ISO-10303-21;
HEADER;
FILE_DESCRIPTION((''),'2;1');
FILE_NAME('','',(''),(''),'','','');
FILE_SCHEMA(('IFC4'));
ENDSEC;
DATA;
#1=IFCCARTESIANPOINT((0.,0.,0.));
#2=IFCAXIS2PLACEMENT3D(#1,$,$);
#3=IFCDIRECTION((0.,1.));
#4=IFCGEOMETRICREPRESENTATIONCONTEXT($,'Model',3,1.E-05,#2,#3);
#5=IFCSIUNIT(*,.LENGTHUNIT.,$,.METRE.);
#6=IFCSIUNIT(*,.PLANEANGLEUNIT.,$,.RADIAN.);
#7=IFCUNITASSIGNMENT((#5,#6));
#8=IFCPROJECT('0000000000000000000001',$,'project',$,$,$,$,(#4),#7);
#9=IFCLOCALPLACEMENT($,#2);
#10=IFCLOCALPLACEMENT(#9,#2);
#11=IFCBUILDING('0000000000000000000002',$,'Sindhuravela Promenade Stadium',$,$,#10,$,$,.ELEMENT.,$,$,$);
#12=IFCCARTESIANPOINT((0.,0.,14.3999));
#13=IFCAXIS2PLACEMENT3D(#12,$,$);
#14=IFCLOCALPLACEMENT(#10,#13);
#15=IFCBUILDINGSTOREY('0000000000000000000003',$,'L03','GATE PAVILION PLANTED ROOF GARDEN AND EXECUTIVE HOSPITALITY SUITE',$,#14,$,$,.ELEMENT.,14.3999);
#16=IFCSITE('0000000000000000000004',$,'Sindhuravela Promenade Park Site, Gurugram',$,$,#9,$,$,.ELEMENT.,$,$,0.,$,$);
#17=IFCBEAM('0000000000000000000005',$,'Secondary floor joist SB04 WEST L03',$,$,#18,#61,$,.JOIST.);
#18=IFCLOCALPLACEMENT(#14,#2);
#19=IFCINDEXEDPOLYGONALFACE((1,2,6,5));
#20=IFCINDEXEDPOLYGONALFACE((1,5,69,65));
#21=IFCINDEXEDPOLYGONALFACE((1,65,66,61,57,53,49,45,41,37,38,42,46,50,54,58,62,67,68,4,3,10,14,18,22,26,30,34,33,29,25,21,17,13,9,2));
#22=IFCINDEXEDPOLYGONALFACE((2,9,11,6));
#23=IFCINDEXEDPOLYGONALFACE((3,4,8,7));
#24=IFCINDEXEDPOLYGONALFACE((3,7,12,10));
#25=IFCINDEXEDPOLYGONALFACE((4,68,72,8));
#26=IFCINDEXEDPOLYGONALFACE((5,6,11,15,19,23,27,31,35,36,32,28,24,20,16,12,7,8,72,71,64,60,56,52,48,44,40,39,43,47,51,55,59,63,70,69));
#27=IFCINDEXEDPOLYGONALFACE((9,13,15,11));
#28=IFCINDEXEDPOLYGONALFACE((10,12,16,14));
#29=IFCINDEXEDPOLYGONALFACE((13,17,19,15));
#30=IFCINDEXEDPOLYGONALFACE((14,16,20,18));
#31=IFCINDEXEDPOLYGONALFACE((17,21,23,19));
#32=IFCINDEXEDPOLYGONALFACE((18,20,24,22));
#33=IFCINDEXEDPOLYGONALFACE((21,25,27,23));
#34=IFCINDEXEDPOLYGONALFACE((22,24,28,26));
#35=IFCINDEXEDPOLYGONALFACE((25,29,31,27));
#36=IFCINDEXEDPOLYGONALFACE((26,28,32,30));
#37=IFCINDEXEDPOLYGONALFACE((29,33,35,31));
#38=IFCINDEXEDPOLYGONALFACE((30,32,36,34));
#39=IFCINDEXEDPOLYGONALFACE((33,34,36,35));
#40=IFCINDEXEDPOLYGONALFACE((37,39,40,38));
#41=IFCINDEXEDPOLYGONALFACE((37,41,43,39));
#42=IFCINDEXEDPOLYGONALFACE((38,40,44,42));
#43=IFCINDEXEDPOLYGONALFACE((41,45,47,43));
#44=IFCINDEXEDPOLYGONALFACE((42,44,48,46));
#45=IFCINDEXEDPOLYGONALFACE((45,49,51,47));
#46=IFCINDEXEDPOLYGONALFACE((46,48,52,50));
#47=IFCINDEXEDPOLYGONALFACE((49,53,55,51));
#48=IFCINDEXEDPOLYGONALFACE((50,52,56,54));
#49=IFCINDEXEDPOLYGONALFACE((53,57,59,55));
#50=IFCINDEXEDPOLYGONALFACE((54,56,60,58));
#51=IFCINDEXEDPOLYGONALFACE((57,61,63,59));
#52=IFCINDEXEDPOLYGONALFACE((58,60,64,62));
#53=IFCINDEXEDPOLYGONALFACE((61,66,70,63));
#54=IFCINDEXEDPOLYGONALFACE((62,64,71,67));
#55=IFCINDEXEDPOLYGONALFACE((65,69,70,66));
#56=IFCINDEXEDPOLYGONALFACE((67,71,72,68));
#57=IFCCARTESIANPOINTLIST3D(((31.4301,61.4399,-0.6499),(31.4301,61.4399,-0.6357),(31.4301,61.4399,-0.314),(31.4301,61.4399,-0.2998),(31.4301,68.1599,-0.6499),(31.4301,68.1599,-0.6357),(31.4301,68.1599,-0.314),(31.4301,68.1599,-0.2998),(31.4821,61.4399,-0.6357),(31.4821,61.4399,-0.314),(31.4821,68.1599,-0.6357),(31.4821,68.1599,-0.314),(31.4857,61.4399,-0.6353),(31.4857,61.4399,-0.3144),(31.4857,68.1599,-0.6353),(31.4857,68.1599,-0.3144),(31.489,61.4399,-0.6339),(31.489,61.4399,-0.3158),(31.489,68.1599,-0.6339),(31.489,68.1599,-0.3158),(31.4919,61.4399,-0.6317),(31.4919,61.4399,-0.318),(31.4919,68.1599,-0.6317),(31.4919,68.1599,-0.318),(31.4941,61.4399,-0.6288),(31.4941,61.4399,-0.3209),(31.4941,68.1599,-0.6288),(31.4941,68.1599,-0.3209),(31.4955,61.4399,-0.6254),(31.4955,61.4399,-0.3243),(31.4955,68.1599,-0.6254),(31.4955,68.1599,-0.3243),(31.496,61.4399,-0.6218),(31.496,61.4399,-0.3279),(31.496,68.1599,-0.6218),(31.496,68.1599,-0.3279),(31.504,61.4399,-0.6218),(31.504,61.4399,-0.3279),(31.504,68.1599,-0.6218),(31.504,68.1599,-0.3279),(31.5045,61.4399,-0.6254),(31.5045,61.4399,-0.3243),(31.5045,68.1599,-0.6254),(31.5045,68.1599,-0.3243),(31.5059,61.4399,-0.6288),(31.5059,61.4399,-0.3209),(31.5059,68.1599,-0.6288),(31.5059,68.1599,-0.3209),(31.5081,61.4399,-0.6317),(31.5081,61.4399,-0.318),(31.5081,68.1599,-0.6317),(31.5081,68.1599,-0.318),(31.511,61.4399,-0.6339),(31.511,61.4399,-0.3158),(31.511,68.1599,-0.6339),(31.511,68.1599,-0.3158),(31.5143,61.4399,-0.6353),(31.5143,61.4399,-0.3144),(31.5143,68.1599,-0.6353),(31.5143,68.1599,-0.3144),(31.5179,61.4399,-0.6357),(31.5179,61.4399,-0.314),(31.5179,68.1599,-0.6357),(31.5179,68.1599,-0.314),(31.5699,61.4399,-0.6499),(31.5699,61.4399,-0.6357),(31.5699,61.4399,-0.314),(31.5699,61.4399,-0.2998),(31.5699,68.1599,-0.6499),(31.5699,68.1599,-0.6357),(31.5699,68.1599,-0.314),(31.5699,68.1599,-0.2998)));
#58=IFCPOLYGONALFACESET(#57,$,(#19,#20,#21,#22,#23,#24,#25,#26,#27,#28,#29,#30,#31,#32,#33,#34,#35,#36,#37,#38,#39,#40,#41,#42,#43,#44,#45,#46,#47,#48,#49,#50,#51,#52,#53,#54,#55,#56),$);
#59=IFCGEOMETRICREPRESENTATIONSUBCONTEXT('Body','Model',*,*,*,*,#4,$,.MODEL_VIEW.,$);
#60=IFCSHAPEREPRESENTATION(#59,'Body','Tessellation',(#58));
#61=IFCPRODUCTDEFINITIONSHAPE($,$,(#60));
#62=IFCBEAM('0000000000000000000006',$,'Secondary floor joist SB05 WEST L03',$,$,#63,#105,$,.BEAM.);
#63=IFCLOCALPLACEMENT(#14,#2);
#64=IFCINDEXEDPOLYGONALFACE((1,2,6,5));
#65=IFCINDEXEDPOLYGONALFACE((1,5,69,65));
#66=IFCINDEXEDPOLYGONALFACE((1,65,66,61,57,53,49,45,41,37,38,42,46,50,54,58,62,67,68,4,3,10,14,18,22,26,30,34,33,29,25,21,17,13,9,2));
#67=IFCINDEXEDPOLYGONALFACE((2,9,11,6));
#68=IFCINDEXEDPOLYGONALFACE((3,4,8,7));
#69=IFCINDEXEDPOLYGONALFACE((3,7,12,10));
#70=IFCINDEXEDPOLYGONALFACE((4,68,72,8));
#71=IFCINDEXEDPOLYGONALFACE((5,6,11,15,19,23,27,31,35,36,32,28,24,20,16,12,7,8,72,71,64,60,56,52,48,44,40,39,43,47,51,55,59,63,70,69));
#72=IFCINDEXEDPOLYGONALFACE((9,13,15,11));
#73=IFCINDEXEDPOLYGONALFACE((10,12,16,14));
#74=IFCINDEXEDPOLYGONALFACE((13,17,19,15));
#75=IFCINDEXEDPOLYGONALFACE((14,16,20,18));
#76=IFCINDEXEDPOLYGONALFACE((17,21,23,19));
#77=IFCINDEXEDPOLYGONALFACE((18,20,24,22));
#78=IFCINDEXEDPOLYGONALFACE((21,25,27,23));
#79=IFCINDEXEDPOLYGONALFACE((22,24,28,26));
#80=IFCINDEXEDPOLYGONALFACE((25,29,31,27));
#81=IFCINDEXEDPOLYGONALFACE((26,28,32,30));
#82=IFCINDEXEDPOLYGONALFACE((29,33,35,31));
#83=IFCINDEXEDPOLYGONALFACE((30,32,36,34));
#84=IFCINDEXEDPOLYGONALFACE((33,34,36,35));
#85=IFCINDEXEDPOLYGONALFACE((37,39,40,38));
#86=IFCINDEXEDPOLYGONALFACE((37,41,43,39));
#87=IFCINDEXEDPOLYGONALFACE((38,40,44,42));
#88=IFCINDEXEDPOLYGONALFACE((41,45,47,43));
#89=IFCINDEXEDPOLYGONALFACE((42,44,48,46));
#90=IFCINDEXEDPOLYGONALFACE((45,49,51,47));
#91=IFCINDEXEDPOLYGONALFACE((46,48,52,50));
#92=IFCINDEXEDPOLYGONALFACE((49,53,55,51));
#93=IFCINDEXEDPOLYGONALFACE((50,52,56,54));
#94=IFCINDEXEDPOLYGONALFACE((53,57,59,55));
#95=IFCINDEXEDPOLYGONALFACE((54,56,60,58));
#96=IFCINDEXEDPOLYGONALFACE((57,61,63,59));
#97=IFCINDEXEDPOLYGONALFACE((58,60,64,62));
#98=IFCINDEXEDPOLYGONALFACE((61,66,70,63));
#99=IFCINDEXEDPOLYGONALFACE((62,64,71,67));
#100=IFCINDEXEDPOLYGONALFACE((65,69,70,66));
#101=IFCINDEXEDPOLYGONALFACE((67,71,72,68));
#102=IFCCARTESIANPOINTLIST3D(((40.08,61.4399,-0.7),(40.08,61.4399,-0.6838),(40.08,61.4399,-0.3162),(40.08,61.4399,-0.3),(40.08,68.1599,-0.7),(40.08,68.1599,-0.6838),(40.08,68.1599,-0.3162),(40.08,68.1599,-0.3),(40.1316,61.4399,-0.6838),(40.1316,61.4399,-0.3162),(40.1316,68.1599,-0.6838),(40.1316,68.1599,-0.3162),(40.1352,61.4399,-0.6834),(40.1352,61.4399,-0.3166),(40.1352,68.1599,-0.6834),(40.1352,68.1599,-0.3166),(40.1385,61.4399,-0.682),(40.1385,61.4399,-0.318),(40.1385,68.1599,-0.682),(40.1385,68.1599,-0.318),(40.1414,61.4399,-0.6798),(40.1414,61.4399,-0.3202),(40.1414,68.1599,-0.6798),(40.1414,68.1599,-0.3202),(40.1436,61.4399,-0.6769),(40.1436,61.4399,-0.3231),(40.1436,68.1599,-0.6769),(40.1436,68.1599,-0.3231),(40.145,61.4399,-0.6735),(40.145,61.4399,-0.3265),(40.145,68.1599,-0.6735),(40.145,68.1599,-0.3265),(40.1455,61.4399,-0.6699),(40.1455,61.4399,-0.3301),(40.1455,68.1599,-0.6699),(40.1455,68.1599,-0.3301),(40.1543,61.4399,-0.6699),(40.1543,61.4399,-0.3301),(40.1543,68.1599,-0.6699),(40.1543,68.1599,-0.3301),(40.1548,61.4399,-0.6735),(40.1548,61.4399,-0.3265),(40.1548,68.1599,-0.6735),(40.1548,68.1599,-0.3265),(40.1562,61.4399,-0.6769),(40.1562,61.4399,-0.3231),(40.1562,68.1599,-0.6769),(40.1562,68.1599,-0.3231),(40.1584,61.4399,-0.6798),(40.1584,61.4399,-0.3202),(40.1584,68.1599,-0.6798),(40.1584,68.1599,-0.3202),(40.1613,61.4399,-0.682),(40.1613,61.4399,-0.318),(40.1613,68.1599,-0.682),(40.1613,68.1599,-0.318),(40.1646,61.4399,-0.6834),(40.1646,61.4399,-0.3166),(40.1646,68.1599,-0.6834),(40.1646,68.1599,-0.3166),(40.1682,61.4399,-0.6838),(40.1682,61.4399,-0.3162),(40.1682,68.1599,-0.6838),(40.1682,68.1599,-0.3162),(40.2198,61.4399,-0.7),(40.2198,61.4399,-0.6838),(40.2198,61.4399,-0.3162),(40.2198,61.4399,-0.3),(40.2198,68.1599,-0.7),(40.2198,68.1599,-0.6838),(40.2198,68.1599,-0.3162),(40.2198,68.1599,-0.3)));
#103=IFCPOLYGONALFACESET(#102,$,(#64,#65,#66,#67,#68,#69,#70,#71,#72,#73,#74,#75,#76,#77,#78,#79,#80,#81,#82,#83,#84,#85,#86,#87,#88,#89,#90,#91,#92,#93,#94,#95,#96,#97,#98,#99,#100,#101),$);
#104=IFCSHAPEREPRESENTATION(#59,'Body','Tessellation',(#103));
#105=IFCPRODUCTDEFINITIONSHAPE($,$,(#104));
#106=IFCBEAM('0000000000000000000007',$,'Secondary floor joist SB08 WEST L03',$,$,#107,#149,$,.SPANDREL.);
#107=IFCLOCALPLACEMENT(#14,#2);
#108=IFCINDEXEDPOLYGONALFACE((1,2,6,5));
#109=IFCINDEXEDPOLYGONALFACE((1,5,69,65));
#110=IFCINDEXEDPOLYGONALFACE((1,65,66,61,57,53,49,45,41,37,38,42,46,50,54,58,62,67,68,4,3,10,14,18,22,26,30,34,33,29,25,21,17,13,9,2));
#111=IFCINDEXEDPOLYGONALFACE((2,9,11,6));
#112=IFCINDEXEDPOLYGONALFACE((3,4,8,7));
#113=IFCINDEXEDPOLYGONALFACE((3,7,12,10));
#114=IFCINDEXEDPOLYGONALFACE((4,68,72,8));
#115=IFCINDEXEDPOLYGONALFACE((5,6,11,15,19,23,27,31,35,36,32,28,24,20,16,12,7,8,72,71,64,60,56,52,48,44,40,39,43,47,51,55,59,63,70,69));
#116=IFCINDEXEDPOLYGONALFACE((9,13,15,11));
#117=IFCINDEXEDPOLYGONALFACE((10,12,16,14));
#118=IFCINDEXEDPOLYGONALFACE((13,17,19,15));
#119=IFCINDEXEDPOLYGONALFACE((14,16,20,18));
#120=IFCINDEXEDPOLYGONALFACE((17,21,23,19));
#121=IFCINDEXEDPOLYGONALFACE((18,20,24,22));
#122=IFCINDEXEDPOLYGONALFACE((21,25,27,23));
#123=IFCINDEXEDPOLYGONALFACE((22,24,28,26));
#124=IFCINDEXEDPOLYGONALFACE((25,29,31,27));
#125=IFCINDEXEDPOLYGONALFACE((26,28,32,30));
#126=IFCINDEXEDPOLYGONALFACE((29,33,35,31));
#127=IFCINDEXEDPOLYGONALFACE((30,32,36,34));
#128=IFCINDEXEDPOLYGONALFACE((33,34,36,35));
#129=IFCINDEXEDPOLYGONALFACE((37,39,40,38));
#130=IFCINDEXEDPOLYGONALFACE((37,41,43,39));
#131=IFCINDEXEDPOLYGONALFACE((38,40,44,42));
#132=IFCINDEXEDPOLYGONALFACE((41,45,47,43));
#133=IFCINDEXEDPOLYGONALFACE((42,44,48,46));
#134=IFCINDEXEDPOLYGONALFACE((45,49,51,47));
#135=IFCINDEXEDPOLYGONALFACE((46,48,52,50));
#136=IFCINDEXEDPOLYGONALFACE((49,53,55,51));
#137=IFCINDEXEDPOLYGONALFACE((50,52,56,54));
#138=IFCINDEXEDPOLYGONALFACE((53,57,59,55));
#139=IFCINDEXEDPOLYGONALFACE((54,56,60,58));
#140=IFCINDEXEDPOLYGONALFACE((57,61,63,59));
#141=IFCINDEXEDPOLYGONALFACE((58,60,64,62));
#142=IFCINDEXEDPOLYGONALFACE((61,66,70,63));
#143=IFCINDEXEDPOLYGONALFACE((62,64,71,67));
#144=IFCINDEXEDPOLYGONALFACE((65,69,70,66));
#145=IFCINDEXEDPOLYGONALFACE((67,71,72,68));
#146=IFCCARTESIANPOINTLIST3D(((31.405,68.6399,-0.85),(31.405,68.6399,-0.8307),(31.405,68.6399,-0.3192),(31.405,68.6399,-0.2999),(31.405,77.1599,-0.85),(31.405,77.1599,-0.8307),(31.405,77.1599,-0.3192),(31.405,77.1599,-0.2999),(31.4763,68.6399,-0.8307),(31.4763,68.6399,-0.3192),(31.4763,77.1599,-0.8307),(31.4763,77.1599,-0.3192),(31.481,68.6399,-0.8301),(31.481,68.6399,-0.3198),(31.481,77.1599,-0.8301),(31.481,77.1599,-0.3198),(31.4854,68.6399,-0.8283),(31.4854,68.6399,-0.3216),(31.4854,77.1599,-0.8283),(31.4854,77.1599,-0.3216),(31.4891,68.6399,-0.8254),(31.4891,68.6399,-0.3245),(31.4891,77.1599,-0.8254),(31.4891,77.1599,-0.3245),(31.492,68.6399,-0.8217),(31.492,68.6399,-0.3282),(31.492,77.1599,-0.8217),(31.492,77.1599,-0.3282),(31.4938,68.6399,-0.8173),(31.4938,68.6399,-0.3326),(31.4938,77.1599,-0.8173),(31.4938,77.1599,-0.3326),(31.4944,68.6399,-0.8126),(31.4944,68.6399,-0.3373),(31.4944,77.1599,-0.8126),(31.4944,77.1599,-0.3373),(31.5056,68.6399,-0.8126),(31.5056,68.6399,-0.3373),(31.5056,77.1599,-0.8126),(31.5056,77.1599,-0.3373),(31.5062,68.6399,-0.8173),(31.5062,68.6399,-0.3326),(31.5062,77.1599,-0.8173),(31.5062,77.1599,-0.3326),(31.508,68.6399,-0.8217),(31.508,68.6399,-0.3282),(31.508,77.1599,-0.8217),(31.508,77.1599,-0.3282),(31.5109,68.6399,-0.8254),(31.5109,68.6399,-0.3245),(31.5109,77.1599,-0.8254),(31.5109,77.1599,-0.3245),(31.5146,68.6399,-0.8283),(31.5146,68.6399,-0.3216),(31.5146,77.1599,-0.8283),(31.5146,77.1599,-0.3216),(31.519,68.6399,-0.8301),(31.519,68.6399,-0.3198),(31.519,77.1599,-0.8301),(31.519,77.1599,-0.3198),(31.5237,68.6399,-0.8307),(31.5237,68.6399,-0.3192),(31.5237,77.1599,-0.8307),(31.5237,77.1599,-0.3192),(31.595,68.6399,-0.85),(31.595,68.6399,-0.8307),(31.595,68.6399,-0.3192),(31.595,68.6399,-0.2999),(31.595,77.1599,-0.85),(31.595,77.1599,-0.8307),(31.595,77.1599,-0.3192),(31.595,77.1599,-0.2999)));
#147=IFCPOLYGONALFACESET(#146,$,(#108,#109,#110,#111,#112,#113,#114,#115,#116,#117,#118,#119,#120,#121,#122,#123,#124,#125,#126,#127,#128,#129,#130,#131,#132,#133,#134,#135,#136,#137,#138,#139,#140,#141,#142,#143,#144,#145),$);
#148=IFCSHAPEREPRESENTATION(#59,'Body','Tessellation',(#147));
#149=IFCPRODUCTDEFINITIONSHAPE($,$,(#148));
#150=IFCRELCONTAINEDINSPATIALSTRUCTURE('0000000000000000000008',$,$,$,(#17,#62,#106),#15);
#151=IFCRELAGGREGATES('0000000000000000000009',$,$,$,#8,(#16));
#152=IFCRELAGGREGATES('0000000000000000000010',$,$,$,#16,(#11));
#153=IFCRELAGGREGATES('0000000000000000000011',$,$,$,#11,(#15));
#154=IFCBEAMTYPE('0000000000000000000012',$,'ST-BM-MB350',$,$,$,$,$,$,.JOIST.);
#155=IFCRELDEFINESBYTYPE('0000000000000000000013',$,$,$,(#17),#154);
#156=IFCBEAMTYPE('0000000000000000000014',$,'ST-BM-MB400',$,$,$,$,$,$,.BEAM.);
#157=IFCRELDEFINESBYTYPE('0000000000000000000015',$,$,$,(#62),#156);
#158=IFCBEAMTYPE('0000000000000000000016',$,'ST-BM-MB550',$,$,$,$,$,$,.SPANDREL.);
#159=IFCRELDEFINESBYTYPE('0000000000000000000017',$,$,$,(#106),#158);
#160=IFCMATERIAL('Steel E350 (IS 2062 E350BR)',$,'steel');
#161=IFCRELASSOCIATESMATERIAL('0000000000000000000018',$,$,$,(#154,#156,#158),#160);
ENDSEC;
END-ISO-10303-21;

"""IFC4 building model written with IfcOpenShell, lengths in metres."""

from ifc_helpers import new_model, si_unit, direction, frame, origin, origin_2d, place, context, subcontext, project, spatial, i_section, extrude, material, material_profile, profile_set, type_object, element, save


model = new_model("IFC4")

# Units and contexts
model_context = context("Model", 3, precision=1e-05, world=origin(), true_north=direction((0.0, 1.0)))
body_context = subcontext(model_context, "Body", "Model", "MODEL_VIEW")
ifc_project = project(units=[si_unit("LENGTHUNIT", "METRE"), si_unit("PLANEANGLEUNIT", "RADIAN")], contexts=[model_context])

# Site, building, storey
site_placement = place(None, origin())
site = spatial("IfcSite", under=ifc_project, at=site_placement, Name="Sindhuravela Promenade Park Site, Gurugram", CompositionType="ELEMENT", RefElevation=0.0)
building_placement = place(site_placement, origin())
building = spatial("IfcBuilding", under=site, at=building_placement, Name="Sindhuravela Promenade Stadium", CompositionType="ELEMENT")
storey_placement = place(building_placement, frame((0.0, 0.0, 14.3999)))
storey = spatial("IfcBuildingStorey", under=building, at=storey_placement, Name="L03", Description="GATE PAVILION PLANTED ROOF GARDEN AND EXECUTIVE HOSPITALITY SUITE", CompositionType="ELEMENT", Elevation=14.3999)

# Beams
ifc_material_1 = material(Name="Steel E350 (IS 2062 E350BR)", Category="steel")
ifc_material_profile_1 = material_profile(ifc_material_1, i_section(OverallWidth=0.1399, OverallDepth=0.3501, WebThickness=0.0081, FlangeThickness=0.0142, FilletRadius=0.0139, at=origin_2d()), Name="ISMB 350")
ifc_profile_set_1 = profile_set([ifc_material_profile_1], Name="Steel E350 (IS 2062 E350BR)")
beam_type_1 = type_object("IfcBeamType", Name="ST-BM-MB350", PredefinedType="JOIST", material=ifc_profile_set_1)
beam_1_placement = place(storey_placement, frame((31.5, 61.4399, -0.4749), z_axis=(0.0, 1.0, 0.0), x_axis=(-1.0, 0.0, 0.0)))
element("IfcBeam", 1, at=beam_1_placement, inside=storey, type_object=beam_type_1, Name="Secondary floor joist SB04 WEST L03", PredefinedType="JOIST", context=body_context, shape_type="SweptSolid", body=[
    extrude(i_section(OverallWidth=0.1399, OverallDepth=0.3501, WebThickness=0.0081, FlangeThickness=0.0142, FilletRadius=0.0139, at=origin_2d()), origin(), (0.0, 0.0, 1.0), 6.72),
])
ifc_material_profile_2 = material_profile(ifc_material_1, i_section(OverallWidth=0.1399, OverallDepth=0.3999, WebThickness=0.0088, FlangeThickness=0.0161, FilletRadius=0.0139, at=origin_2d()), Name="ISMB 400")
ifc_profile_set_2 = profile_set([ifc_material_profile_2], Name="Steel E350 (IS 2062 E350BR)")
beam_type_2 = type_object("IfcBeamType", Name="ST-BM-MB400", PredefinedType="BEAM", material=ifc_profile_set_2)
beam_2_placement = place(storey_placement, frame((40.1499, 61.4399, -0.5), z_axis=(0.0, 1.0, 0.0), x_axis=(-1.0, 0.0, 0.0)))
element("IfcBeam", 2, at=beam_2_placement, inside=storey, type_object=beam_type_2, Name="Secondary floor joist SB05 WEST L03", PredefinedType="BEAM", context=body_context, shape_type="SweptSolid", body=[
    extrude(i_section(OverallWidth=0.1399, OverallDepth=0.3999, WebThickness=0.0088, FlangeThickness=0.0161, FilletRadius=0.0139, at=origin_2d()), origin(), (0.0, 0.0, 1.0), 6.72),
])
ifc_material_profile_3 = material_profile(ifc_material_1, i_section(OverallWidth=0.1899, OverallDepth=0.55, WebThickness=0.0112, FlangeThickness=0.0193, FilletRadius=0.0181, at=origin_2d()), Name="ISMB 550")
ifc_profile_set_3 = profile_set([ifc_material_profile_3], Name="Steel E350 (IS 2062 E350BR)")
beam_type_3 = type_object("IfcBeamType", Name="ST-BM-MB550", PredefinedType="SPANDREL", material=ifc_profile_set_3)
beam_3_placement = place(storey_placement, frame((31.5, 68.6399, -0.575), z_axis=(0.0, 1.0, 0.0), x_axis=(-1.0, 0.0, 0.0)))
element("IfcBeam", 3, at=beam_3_placement, inside=storey, type_object=beam_type_3, Name="Secondary floor joist SB08 WEST L03", PredefinedType="SPANDREL", context=body_context, shape_type="SweptSolid", body=[
    extrude(i_section(OverallWidth=0.1899, OverallDepth=0.55, WebThickness=0.0112, FlangeThickness=0.0193, FilletRadius=0.0181, at=origin_2d()), origin(), (0.0, 0.0, 1.0), 8.52),
])

save(model, "model.ifc")
